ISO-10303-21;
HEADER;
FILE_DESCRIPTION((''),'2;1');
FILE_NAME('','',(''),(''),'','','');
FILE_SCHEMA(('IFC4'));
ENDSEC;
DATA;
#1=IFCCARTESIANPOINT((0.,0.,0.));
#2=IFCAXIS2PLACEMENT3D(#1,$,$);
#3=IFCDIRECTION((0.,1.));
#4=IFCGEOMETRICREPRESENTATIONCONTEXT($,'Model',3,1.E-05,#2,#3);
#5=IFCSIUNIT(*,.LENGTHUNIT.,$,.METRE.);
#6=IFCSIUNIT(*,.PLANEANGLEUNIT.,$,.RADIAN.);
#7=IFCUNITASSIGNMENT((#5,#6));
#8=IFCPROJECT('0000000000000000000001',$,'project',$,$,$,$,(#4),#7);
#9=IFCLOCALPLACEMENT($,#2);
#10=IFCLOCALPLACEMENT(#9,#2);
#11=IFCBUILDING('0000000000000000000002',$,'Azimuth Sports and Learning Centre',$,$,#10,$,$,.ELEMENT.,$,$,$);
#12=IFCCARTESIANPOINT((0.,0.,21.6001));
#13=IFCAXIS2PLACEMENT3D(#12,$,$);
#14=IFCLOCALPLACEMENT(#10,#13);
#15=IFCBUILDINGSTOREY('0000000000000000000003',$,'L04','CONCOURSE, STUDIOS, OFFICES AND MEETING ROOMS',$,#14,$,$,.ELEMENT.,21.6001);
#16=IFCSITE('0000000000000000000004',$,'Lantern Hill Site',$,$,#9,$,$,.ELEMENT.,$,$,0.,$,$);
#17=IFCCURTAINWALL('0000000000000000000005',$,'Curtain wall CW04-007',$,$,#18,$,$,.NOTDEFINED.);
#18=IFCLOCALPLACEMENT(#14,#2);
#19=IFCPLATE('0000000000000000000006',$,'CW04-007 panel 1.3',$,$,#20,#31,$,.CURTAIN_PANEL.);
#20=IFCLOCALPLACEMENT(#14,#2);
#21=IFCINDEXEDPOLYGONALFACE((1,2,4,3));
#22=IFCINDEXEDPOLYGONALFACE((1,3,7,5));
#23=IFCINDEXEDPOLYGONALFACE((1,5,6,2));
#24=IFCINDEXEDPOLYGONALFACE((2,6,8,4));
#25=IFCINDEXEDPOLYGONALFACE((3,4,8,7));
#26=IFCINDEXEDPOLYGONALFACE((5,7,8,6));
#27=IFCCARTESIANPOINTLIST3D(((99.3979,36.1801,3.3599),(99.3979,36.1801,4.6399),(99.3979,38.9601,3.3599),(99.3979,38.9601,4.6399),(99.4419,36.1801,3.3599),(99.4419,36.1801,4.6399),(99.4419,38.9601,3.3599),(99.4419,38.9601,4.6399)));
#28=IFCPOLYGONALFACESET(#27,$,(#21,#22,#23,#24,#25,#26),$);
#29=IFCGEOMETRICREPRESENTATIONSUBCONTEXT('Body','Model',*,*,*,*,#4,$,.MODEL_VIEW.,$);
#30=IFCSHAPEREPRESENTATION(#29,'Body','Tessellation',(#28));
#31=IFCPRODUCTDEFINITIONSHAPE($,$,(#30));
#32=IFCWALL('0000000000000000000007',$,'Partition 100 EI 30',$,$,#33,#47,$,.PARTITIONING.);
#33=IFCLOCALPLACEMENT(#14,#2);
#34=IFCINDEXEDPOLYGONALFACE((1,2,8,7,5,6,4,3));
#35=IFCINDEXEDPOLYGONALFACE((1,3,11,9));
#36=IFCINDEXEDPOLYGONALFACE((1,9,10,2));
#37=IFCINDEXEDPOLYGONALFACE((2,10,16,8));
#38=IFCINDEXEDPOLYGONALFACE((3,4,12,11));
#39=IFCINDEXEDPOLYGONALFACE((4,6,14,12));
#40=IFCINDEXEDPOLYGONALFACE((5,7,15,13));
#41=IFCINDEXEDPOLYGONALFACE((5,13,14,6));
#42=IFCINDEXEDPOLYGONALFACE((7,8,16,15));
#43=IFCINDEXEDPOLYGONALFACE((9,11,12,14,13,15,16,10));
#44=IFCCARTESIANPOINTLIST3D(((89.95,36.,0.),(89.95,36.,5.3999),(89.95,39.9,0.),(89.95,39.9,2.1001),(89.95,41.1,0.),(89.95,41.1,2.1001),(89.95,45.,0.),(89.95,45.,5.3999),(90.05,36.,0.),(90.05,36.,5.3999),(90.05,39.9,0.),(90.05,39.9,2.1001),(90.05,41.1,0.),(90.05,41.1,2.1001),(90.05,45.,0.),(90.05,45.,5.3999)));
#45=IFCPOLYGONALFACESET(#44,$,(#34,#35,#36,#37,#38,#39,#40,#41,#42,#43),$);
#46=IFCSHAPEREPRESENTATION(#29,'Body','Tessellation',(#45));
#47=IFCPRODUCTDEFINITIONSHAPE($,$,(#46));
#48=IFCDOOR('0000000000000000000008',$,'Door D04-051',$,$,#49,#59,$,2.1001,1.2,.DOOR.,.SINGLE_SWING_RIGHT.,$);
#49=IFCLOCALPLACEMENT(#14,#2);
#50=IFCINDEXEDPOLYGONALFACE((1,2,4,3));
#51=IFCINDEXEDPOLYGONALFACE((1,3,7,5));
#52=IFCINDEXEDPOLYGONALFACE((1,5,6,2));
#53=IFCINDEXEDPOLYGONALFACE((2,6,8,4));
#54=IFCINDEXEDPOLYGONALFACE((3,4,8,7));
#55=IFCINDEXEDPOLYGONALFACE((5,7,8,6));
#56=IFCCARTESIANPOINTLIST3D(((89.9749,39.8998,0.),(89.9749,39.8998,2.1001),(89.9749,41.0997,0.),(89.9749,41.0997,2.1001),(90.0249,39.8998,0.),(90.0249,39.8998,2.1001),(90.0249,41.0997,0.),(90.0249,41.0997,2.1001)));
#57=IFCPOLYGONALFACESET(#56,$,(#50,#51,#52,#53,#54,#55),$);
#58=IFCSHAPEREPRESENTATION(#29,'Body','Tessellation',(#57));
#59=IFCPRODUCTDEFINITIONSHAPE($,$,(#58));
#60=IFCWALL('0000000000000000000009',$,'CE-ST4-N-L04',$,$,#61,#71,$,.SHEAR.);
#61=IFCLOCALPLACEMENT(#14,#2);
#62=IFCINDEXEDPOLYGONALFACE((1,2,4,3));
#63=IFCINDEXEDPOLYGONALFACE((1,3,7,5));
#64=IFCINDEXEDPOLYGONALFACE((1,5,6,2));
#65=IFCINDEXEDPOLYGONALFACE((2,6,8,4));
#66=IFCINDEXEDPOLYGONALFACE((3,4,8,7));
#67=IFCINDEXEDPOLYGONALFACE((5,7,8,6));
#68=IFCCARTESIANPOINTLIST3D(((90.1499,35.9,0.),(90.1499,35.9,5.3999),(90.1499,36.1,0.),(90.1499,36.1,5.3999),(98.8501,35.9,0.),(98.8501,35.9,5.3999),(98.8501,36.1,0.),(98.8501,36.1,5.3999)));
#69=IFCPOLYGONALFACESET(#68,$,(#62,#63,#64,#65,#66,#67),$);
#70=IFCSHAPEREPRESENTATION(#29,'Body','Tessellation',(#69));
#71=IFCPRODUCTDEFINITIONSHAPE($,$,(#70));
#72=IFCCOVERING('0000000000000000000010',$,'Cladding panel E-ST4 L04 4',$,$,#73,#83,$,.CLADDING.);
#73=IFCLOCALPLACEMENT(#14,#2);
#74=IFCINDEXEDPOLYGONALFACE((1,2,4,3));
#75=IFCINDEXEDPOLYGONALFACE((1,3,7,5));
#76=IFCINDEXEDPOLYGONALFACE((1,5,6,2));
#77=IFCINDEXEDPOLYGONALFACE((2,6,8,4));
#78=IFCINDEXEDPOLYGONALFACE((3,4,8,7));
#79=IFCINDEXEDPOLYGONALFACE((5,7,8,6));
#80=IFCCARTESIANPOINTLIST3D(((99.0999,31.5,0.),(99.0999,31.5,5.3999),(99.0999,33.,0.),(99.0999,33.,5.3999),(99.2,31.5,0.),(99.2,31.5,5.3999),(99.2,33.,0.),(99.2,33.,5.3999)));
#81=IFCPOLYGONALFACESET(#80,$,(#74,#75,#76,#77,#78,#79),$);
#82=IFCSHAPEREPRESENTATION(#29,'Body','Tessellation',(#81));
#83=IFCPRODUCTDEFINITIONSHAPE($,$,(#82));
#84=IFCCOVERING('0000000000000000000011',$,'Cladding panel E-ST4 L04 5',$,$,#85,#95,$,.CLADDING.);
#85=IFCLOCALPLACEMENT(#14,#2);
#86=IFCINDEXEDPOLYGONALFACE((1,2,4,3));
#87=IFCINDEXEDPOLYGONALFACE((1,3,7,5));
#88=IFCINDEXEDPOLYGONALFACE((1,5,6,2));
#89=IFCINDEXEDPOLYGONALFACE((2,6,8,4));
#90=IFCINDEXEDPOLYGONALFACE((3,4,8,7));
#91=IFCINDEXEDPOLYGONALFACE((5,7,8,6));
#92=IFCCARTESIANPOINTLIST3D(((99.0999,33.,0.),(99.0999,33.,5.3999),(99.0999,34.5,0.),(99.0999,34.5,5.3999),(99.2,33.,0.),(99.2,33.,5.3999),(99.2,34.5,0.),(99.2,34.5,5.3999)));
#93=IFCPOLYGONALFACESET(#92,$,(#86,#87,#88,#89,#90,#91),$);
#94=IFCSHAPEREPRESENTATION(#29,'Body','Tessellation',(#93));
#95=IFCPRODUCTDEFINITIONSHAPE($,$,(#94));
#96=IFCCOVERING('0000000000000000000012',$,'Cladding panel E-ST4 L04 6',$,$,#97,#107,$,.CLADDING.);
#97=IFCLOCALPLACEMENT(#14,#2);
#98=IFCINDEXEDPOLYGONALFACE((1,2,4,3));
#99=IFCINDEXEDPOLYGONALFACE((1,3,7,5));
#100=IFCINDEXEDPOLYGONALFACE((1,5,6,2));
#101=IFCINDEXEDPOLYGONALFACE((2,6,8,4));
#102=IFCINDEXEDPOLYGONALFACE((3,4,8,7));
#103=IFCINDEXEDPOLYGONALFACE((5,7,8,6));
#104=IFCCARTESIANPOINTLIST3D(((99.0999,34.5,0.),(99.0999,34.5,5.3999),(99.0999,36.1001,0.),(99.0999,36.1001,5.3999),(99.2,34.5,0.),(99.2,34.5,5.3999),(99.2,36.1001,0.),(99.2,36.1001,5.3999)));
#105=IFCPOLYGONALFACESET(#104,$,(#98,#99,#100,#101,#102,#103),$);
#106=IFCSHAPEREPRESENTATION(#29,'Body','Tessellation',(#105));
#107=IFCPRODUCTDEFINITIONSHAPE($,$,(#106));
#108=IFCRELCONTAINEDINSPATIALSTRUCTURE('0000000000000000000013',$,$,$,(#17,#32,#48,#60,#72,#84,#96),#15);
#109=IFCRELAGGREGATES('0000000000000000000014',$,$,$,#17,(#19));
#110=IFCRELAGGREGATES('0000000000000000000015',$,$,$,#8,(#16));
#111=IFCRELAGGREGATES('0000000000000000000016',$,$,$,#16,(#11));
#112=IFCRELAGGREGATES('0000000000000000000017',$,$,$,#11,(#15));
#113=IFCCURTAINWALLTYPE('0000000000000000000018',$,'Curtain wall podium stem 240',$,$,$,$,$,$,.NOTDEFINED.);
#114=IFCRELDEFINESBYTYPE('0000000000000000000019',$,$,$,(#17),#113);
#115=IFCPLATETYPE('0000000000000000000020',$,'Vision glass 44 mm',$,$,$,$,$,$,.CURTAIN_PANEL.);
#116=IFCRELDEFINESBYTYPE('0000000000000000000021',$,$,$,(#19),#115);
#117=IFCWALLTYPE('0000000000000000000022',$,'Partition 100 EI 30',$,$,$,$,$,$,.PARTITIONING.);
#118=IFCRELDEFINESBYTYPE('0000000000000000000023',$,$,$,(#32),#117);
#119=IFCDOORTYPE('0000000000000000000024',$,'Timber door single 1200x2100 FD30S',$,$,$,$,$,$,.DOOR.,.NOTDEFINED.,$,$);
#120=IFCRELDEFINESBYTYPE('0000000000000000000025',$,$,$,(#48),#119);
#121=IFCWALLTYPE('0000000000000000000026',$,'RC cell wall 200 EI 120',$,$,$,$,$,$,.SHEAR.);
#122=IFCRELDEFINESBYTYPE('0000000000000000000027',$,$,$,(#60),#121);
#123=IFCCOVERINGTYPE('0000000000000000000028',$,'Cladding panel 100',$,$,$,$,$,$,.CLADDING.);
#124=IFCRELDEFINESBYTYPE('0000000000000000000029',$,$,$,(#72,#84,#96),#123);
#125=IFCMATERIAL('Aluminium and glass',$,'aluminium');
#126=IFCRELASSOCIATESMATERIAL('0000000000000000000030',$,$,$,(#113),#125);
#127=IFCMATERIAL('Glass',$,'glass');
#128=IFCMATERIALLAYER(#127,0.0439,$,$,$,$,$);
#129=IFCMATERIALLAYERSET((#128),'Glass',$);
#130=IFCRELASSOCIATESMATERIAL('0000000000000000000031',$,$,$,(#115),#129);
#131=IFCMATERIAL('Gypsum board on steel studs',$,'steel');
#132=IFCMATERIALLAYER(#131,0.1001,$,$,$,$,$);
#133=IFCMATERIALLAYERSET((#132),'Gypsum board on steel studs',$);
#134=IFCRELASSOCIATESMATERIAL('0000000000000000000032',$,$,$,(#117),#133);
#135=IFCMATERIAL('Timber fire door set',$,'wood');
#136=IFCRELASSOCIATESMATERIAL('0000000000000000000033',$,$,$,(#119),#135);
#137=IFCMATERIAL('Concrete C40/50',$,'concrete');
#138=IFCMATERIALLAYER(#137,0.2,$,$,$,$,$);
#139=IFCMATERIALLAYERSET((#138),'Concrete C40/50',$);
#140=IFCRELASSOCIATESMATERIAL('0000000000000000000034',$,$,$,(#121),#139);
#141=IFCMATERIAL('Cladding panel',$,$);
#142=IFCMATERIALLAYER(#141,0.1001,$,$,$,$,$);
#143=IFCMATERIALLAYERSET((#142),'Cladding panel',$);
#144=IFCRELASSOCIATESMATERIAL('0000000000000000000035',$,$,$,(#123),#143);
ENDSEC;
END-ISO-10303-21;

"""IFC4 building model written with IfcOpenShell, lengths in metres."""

from ifc_helpers import new_model, si_unit, direction, frame, frame_2d, origin, origin_2d, place, context, subcontext, project, spatial, rectangle, extrude, material, layer, layer_set, type_object, element, fill, aggregate, save


model = new_model("IFC4")

# Units and contexts
model_context = context("Model", 3, precision=1e-05, world=origin(), true_north=direction((0.0, 1.0)))
body_context = subcontext(model_context, "Body", "Model", "MODEL_VIEW")
ifc_project = project(units=[si_unit("LENGTHUNIT", "METRE"), si_unit("PLANEANGLEUNIT", "RADIAN")], contexts=[model_context])

# Site, building, storey
site_placement = place(None, origin())
site = spatial("IfcSite", under=ifc_project, at=site_placement, Name="Lantern Hill Site", CompositionType="ELEMENT", RefElevation=0.0)
building_placement = place(site_placement, origin())
building = spatial("IfcBuilding", under=site, at=building_placement, Name="Azimuth Sports and Learning Centre", CompositionType="ELEMENT")
storey_placement = place(building_placement, frame((0.0, 0.0, 21.6001)))
storey = spatial("IfcBuildingStorey", under=building, at=storey_placement, Name="L04", Description="CONCOURSE, STUDIOS, OFFICES AND MEETING ROOMS", CompositionType="ELEMENT", Elevation=21.6001)

# Curtain wall, plate
ifc_material_1 = material(Name="Aluminium and glass", Category="aluminium")
curtain_wall_type = type_object("IfcCurtainWallType", Name="Curtain wall podium stem 240", PredefinedType="NOTDEFINED", material=ifc_material_1)
curtain_wall_placement = place(storey_placement, origin())
curtain_wall = element("IfcCurtainWall", 1, at=curtain_wall_placement, inside=storey, type_object=curtain_wall_type, Name="Curtain wall CW04-007", PredefinedType="NOTDEFINED")
ifc_material_2 = material(Name="Glass", Category="glass")
ifc_layer_1 = layer(ifc_material_2, 0.0439)
ifc_layer_set_1 = layer_set([ifc_layer_1], Name="Glass")
plate_type_1 = type_object("IfcPlateType", Name="Vision glass 44 mm", PredefinedType="CURTAIN_PANEL", material=ifc_layer_set_1)
plate_1_placement = place(storey_placement, frame((99.4199, 37.5701, 3.3599), z_axis=(0.0, 0.0, 1.0), x_axis=(0.0, 1.0, 0.0)))
plate_1 = element("IfcPlate", 2, at=plate_1_placement, type_object=plate_type_1, Name="CW04-007 panel 1.3", PredefinedType="CURTAIN_PANEL", context=body_context, shape_type="SweptSolid", body=[
    extrude(rectangle(XDim=2.78, YDim=0.0439, at=origin_2d()), origin(), (0.0, 0.0, 1.0), 1.28),
])
aggregate(curtain_wall, [plate_1])

# Wall, opening, door
ifc_material_3 = material(Name="Gypsum board on steel studs", Category="steel")
ifc_layer_2 = layer(ifc_material_3, 0.1001)
ifc_layer_set_2 = layer_set([ifc_layer_2], Name="Gypsum board on steel studs")
wall_type_1 = type_object("IfcWallType", Name="Partition 100 EI 30", PredefinedType="PARTITIONING", material=ifc_layer_set_2)
wall_1_placement = place(storey_placement, frame((90.0, 36.0, 0.0), z_axis=(0.0, 0.0, 1.0), x_axis=(0.0, 1.0, 0.0)))
wall_1 = element("IfcWall", 3, at=wall_1_placement, inside=storey, type_object=wall_type_1, Name="Partition 100 EI 30", PredefinedType="PARTITIONING", context=body_context, shape_type="SweptSolid", body=[
    extrude(rectangle(XDim=9.0, YDim=0.1001, at=frame_2d((4.5, 0.0))), origin(), (0.0, 0.0, 1.0), 5.3999),
])
opening_placement = place(wall_1_placement, frame((3.8999, 0.0, 0.0)))
opening = element("IfcOpeningElement", 4, at=opening_placement, cuts=wall_1, PredefinedType="OPENING", context=body_context, shape_type="SweptSolid", body=[
    extrude(rectangle(XDim=1.2, YDim=2.1001, at=frame_2d((0.6001, 1.05))), frame((0.0, 0.061, 0.0), z_axis=(0.0, -1.0, 0.0), x_axis=(1.0, 0.0, 0.0)), (0.0, 0.0, 1.0), 0.1221),
])
ifc_material_4 = material(Name="Timber fire door set", Category="wood")
door_type = type_object("IfcDoorType", Name="Timber door single 1200x2100 FD30S", OperationType="NOTDEFINED", PredefinedType="DOOR", material=ifc_material_4)
door_placement = place(opening_placement, frame((1.2, 0.0, 0.0), z_axis=(0.0, 0.0, 1.0), x_axis=(-1.0, 0.0, 0.0)))
door = element("IfcDoor", 5, at=door_placement, inside=storey, type_object=door_type, Name="Door D04-051", OperationType="SINGLE_SWING_RIGHT", OverallHeight=2.1001, OverallWidth=1.2, PredefinedType="DOOR", context=body_context, shape_type="SweptSolid", body=[
    extrude(rectangle(XDim=1.2, YDim=2.1001, at=frame_2d((0.6001, 1.05))), frame((0.0, 0.0249, 0.0), z_axis=(0.0, -1.0, 0.0), x_axis=(1.0, 0.0, 0.0)), (0.0, 0.0, 1.0), 0.05),
])
fill(opening, door)

# Wall
ifc_material_5 = material(Name="Concrete C40/50", Category="concrete")
ifc_layer_3 = layer(ifc_material_5, 0.2)
ifc_layer_set_3 = layer_set([ifc_layer_3], Name="Concrete C40/50")
wall_type_2 = type_object("IfcWallType", Name="RC cell wall 200 EI 120", PredefinedType="SHEAR", material=ifc_layer_set_3)
wall_2_placement = place(storey_placement, frame((90.1499, 36.0, 0.0), z_axis=(0.0, 0.0, 1.0), x_axis=(1.0, 0.0, 0.0)))
element("IfcWall", 6, at=wall_2_placement, inside=storey, type_object=wall_type_2, Name="CE-ST4-N-L04", PredefinedType="SHEAR", context=body_context, shape_type="SweptSolid", body=[
    extrude(rectangle(XDim=8.7002, YDim=0.2, at=frame_2d((4.3501, 0.0))), origin(), (0.0, 0.0, 1.0), 5.3999),
])

# Coverings
ifc_material_6 = material(Name="Cladding panel")
ifc_layer_4 = layer(ifc_material_6, 0.1001)
ifc_layer_set_4 = layer_set([ifc_layer_4], Name="Cladding panel")
covering_type = type_object("IfcCoveringType", Name="Cladding panel 100", PredefinedType="CLADDING", material=ifc_layer_set_4)
for number, where, z_axis, x_axis, name in (
    (7, (99.1499, 32.25, 0.0), (0.0, 0.0, 1.0), (0.0, 1.0, 0.0), "Cladding panel E-ST4 L04 4"),
    (8, (99.1499, 33.75, 0.0), (0.0, 0.0, 1.0), (0.0, 1.0, 0.0), "Cladding panel E-ST4 L04 5"),
):
    element("IfcCovering", number, at=place(storey_placement, frame(where, z_axis=z_axis, x_axis=x_axis)), inside=storey, type_object=covering_type, Name=name, PredefinedType="CLADDING", context=body_context, shape_type="SweptSolid", body=[
        extrude(rectangle(XDim=1.5, YDim=0.1001, at=origin_2d()), origin(), (0.0, 0.0, 1.0), 5.3999),
    ])
covering_placement = place(storey_placement, frame((99.1499, 35.3, 0.0), z_axis=(0.0, 0.0, 1.0), x_axis=(0.0, 1.0, 0.0)))
element("IfcCovering", 9, at=covering_placement, inside=storey, type_object=covering_type, Name="Cladding panel E-ST4 L04 6", PredefinedType="CLADDING", context=body_context, shape_type="SweptSolid", body=[
    extrude(rectangle(XDim=1.6001, YDim=0.1001, at=origin_2d()), origin(), (0.0, 0.0, 1.0), 5.3999),
])

save(model, "model.ifc")
